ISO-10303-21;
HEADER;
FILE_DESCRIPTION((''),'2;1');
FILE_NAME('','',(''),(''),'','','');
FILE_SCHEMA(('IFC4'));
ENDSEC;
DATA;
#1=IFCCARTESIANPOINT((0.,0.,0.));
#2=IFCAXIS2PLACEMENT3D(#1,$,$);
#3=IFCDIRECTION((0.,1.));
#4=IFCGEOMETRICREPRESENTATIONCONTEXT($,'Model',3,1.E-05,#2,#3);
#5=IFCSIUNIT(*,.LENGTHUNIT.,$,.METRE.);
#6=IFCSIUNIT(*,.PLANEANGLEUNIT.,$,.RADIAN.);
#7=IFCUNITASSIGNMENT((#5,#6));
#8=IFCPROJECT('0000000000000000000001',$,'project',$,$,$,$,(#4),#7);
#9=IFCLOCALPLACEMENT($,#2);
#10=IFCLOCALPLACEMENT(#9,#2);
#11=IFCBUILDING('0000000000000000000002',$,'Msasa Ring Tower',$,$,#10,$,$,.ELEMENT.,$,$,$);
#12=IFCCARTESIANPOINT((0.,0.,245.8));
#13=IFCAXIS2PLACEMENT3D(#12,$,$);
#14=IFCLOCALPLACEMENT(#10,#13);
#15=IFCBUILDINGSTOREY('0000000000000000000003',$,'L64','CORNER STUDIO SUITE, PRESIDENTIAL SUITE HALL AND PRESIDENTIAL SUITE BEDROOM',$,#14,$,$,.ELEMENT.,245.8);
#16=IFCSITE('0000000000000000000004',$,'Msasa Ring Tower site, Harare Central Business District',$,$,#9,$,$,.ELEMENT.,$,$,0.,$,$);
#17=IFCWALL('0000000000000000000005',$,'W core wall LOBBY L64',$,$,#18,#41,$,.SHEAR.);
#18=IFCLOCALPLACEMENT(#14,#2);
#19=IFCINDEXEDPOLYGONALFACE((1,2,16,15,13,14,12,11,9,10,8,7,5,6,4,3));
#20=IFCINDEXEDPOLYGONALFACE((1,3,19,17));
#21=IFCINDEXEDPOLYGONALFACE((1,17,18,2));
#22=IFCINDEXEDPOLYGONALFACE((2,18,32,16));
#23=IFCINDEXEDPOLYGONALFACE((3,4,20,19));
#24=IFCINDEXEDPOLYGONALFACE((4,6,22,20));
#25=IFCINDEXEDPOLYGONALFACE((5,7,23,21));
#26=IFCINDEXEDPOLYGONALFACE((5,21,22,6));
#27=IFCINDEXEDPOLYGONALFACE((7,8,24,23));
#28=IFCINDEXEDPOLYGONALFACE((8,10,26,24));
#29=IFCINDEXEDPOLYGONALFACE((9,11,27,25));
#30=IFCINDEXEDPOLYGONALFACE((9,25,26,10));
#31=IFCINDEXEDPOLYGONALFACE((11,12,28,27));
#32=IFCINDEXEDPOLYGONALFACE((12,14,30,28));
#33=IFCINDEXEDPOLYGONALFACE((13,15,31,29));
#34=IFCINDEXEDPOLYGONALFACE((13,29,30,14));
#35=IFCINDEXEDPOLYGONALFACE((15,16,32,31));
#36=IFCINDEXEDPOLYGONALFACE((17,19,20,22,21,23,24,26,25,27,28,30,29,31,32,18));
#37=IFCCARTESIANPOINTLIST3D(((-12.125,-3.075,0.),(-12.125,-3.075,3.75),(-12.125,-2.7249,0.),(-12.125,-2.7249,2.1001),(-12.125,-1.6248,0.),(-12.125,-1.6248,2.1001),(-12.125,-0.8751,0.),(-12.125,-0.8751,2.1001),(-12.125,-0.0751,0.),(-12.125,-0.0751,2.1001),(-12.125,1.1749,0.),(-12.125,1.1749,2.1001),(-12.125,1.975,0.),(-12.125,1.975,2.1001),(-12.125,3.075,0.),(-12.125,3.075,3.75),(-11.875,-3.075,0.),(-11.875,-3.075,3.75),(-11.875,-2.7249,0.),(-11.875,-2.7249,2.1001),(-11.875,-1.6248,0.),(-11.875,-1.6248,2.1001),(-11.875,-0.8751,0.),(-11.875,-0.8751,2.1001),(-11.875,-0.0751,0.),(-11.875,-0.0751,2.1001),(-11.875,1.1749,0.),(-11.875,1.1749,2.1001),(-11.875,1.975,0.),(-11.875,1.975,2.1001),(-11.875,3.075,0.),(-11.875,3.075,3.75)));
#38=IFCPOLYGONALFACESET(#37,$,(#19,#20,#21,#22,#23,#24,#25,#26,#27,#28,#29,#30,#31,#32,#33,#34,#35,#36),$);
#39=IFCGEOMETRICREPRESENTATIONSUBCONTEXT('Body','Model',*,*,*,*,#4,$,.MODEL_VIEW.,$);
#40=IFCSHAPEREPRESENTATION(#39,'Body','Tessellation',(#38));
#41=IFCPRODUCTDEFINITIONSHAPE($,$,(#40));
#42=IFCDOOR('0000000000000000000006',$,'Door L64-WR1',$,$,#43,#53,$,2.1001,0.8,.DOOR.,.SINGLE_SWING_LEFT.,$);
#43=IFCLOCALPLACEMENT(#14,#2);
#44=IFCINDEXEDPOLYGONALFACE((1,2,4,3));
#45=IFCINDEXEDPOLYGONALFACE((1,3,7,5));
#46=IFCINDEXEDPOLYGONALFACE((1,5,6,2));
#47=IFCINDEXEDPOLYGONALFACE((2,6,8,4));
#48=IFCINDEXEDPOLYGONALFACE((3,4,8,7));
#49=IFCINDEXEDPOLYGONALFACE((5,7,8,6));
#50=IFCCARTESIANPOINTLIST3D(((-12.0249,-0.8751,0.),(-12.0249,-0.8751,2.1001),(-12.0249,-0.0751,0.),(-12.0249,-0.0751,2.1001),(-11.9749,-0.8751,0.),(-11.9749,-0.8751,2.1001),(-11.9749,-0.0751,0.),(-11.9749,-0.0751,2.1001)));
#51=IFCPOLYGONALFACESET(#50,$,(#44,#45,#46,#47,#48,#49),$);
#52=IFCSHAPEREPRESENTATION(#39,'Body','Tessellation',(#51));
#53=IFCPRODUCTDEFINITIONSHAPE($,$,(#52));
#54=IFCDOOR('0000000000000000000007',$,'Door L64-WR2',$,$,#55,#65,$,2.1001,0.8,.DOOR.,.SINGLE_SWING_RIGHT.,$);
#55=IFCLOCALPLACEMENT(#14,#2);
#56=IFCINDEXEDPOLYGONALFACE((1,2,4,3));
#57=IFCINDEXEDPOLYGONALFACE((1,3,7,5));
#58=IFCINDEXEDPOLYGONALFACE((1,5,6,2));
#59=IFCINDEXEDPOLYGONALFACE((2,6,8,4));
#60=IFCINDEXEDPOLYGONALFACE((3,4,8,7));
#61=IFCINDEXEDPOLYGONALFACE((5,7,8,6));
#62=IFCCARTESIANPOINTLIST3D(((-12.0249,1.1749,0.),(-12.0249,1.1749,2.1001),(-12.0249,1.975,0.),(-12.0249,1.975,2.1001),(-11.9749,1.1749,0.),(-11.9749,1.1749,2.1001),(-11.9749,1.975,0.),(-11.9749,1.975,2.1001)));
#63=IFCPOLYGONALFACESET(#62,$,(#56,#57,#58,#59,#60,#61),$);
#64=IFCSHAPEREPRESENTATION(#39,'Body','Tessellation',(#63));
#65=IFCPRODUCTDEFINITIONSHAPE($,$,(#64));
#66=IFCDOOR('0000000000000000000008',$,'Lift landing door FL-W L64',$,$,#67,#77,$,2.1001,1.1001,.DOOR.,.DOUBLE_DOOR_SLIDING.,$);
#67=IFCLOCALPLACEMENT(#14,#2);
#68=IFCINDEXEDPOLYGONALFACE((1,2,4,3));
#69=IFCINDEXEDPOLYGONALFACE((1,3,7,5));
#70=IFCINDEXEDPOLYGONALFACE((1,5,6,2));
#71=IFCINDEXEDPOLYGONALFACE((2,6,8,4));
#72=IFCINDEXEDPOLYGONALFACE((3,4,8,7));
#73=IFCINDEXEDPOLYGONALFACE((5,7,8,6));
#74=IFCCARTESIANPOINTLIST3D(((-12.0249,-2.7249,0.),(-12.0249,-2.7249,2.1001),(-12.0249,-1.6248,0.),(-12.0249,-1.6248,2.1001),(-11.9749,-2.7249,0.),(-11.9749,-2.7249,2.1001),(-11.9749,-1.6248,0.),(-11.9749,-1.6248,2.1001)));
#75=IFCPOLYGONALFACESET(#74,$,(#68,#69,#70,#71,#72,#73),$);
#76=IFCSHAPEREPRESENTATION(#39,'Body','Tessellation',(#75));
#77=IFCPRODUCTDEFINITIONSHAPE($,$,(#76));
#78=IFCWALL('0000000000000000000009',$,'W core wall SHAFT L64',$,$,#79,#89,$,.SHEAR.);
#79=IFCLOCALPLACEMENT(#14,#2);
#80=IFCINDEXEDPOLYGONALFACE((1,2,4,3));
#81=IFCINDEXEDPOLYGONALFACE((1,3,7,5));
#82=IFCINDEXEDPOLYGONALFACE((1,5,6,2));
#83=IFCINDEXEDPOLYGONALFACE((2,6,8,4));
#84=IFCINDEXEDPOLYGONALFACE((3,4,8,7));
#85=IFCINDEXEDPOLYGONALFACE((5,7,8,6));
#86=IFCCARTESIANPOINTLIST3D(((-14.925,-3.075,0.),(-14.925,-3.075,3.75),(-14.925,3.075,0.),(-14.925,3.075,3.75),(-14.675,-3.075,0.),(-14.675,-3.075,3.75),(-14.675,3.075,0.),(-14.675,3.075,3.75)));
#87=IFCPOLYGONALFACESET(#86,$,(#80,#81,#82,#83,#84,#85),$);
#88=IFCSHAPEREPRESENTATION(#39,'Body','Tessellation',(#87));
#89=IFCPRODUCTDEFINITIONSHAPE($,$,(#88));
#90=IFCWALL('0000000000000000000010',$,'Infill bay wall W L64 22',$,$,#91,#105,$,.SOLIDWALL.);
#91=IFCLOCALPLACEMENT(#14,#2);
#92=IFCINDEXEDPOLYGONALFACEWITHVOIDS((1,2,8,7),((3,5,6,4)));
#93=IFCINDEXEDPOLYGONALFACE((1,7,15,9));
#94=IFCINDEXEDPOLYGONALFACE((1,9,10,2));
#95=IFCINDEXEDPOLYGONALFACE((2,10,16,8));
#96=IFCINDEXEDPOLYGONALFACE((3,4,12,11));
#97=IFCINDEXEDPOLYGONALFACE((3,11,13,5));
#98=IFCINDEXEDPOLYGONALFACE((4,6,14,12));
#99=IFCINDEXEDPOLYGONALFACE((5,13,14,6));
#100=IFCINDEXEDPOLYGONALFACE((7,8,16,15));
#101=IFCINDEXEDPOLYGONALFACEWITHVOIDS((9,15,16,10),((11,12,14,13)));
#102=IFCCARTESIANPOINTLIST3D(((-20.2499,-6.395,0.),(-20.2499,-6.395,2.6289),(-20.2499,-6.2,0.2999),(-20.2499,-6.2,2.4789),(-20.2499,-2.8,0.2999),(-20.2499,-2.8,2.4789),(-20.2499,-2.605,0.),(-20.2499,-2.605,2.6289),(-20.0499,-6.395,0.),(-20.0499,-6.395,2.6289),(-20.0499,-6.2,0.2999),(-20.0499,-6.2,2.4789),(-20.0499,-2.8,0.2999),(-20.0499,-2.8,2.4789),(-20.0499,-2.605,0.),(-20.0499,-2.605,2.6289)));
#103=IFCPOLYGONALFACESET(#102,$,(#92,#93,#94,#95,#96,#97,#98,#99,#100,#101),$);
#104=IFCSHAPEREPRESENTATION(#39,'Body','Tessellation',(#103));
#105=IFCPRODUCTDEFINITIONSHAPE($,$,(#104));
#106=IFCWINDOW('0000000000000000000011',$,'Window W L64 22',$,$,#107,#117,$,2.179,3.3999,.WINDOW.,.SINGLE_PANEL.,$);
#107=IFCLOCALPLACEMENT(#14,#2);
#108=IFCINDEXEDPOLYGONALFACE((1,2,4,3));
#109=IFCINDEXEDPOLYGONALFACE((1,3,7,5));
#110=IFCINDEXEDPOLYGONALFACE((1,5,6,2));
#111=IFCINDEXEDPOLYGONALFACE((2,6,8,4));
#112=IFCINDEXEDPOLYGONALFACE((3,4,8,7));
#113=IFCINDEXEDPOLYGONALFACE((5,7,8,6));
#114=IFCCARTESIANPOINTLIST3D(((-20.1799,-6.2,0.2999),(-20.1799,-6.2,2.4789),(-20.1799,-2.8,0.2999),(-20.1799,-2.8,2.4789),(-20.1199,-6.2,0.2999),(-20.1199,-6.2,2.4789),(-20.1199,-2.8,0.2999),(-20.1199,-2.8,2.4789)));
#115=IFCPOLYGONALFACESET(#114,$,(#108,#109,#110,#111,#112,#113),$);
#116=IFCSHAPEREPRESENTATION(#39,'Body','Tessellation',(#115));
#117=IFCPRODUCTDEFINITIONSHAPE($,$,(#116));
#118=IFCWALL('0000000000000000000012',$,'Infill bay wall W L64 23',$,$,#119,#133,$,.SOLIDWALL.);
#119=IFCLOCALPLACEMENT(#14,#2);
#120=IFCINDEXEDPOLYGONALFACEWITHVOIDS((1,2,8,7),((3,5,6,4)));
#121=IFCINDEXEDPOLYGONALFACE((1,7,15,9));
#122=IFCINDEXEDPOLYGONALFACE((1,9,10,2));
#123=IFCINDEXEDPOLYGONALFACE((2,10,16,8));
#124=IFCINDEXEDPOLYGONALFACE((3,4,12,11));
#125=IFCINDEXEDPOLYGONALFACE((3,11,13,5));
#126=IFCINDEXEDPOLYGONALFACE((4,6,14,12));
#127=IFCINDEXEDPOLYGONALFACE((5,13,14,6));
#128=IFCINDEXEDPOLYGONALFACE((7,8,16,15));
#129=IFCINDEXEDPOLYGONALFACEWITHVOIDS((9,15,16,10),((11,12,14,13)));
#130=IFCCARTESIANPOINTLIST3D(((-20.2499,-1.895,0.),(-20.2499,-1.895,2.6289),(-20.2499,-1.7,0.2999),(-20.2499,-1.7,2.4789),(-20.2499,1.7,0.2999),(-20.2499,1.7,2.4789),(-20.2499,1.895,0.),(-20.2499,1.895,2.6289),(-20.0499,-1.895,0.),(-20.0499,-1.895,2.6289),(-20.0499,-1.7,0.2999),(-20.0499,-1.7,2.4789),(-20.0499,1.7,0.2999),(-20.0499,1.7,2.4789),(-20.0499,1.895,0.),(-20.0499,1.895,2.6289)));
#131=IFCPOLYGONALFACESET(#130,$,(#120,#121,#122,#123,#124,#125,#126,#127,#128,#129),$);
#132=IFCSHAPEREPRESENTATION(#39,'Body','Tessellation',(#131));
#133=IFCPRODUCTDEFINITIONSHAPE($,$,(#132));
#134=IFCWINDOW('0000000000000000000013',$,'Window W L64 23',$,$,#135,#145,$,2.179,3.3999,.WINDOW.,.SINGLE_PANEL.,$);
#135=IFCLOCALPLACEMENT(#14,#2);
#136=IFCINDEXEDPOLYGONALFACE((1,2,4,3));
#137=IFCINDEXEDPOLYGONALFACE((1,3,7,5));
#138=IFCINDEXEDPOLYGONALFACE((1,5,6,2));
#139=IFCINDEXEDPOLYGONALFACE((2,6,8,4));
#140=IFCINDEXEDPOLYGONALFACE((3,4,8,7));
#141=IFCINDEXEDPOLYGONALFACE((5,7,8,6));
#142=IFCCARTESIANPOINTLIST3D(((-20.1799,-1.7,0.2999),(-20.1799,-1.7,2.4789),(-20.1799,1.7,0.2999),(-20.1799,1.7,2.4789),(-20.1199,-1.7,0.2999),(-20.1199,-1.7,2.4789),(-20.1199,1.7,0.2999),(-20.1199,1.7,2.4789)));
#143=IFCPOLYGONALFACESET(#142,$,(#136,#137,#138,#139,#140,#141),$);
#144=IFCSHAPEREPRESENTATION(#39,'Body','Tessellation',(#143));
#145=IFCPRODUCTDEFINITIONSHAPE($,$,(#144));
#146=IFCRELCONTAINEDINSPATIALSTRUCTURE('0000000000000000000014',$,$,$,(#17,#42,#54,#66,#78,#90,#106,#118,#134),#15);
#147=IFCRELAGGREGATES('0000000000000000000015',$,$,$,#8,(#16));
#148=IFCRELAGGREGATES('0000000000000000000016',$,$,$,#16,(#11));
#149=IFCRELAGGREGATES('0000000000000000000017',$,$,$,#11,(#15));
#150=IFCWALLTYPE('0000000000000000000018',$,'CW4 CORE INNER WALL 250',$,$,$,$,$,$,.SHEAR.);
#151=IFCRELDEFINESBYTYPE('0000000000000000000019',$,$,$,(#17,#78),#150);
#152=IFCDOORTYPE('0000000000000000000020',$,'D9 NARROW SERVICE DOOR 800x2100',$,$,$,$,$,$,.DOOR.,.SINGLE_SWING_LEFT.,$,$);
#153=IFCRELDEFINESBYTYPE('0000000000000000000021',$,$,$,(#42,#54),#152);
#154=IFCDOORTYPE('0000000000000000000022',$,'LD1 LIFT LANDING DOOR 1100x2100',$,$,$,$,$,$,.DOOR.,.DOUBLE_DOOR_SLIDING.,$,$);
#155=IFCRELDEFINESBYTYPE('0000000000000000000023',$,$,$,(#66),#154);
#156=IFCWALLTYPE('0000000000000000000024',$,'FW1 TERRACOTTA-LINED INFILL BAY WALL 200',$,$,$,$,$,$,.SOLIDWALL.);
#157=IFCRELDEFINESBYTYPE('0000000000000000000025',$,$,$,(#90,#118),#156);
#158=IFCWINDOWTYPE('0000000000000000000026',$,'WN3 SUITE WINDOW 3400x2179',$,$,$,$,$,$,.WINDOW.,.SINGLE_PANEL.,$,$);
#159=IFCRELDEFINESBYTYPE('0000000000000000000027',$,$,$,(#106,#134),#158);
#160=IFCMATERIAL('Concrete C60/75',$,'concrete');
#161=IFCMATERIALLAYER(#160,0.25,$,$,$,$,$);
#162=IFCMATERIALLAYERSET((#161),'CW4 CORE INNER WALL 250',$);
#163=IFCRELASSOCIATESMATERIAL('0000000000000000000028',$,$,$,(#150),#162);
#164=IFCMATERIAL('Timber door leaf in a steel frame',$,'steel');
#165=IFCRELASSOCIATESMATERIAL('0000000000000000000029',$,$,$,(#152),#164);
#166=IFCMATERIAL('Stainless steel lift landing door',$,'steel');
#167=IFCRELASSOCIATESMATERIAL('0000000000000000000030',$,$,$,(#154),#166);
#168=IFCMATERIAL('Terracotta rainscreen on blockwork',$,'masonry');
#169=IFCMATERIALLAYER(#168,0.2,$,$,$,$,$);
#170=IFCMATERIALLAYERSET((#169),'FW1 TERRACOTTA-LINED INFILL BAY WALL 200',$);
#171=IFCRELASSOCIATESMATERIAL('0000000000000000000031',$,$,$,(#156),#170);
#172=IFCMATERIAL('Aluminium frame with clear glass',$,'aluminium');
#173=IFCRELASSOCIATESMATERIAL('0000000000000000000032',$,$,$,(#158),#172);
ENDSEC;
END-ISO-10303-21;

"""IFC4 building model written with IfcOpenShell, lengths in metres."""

from ifc_helpers import new_model, si_unit, direction, frame, frame_2d, origin, place, context, subcontext, project, spatial, rectangle, extrude, material, layer, layer_set, type_object, element, fill, save


model = new_model("IFC4")

# Units and contexts
model_context = context("Model", 3, precision=1e-05, world=origin(), true_north=direction((0.0, 1.0)))
body_context = subcontext(model_context, "Body", "Model", "MODEL_VIEW")
ifc_project = project(units=[si_unit("LENGTHUNIT", "METRE"), si_unit("PLANEANGLEUNIT", "RADIAN")], contexts=[model_context])

# Site, building, storey
site_placement = place(None, origin())
site = spatial("IfcSite", under=ifc_project, at=site_placement, Name="Msasa Ring Tower site, Harare Central Business District", CompositionType="ELEMENT", RefElevation=0.0)
building_placement = place(site_placement, origin())
building = spatial("IfcBuilding", under=site, at=building_placement, Name="Msasa Ring Tower", CompositionType="ELEMENT")
storey_placement = place(building_placement, frame((0.0, 0.0, 245.8)))
storey = spatial("IfcBuildingStorey", under=building, at=storey_placement, Name="L64", Description="CORNER STUDIO SUITE, PRESIDENTIAL SUITE HALL AND PRESIDENTIAL SUITE BEDROOM", CompositionType="ELEMENT", Elevation=245.8)

# Shared definitions
ifc_material_1 = material(Name="Concrete C60/75", Category="concrete")
ifc_layer_1 = layer(ifc_material_1, 0.25)
ifc_layer_set_1 = layer_set([ifc_layer_1], Name="CW4 CORE INNER WALL 250")
wall_type_1 = type_object("IfcWallType", Name="CW4 CORE INNER WALL 250", PredefinedType="SHEAR", material=ifc_layer_set_1)

# Wall, openings, doors
wall_1_placement = place(storey_placement, frame((-12.0, -3.075, 0.0), z_axis=(0.0, 0.0, 1.0), x_axis=(0.0, 1.0, 0.0)))
wall_1 = element("IfcWall", 1, at=wall_1_placement, inside=storey, type_object=wall_type_1, Name="W core wall LOBBY L64", PredefinedType="SHEAR", context=body_context, shape_type="SweptSolid", body=[
    extrude(rectangle(XDim=6.1499, YDim=0.25, at=frame_2d((3.075, 0.0))), origin(), (0.0, 0.0, 1.0), 3.75),
])
opening_1_placement = place(wall_1_placement, frame((2.2, 0.0, 0.0)))
opening_1 = element("IfcOpeningElement", 2, at=opening_1_placement, cuts=wall_1, PredefinedType="OPENING", context=body_context, shape_type="SweptSolid", body=[
    extrude(rectangle(XDim=0.8, YDim=2.1001, at=frame_2d((0.3999, 1.05))), frame((0.0, 0.135, 0.0), z_axis=(0.0, -1.0, 0.0), x_axis=(1.0, 0.0, 0.0)), (0.0, 0.0, 1.0), 0.27),
])
opening_2_placement = place(wall_1_placement, frame((4.25, 0.0, 0.0)))
opening_2 = element("IfcOpeningElement", 3, at=opening_2_placement, cuts=wall_1, PredefinedType="OPENING", context=body_context, shape_type="SweptSolid", body=[
    extrude(rectangle(XDim=0.8, YDim=2.1001, at=frame_2d((0.3999, 1.05))), frame((0.0, 0.135, 0.0), z_axis=(0.0, -1.0, 0.0), x_axis=(1.0, 0.0, 0.0)), (0.0, 0.0, 1.0), 0.27),
])
opening_3_placement = place(wall_1_placement, frame((0.3501, 0.0, 0.0)))
opening_3 = element("IfcOpeningElement", 4, at=opening_3_placement, cuts=wall_1, PredefinedType="OPENING", context=body_context, shape_type="SweptSolid", body=[
    extrude(rectangle(XDim=1.1001, YDim=2.1001, at=frame_2d((0.55, 1.05))), frame((0.0, 0.135, 0.0), z_axis=(0.0, -1.0, 0.0), x_axis=(1.0, 0.0, 0.0)), (0.0, 0.0, 1.0), 0.27),
])
ifc_material_2 = material(Name="Timber door leaf in a steel frame", Category="steel")
door_type_1 = type_object("IfcDoorType", Name="D9 NARROW SERVICE DOOR 800x2100", OperationType="SINGLE_SWING_LEFT", PredefinedType="DOOR", material=ifc_material_2)
door_1_placement = place(opening_1_placement, origin())
door_1 = element("IfcDoor", 5, at=door_1_placement, inside=storey, type_object=door_type_1, Name="Door L64-WR1", OperationType="SINGLE_SWING_LEFT", OverallHeight=2.1001, OverallWidth=0.8, PredefinedType="DOOR", context=body_context, shape_type="SweptSolid", body=[
    extrude(rectangle(XDim=0.8, YDim=2.1001, at=frame_2d((0.3999, 1.05))), frame((0.0, 0.0249, 0.0), z_axis=(0.0, -1.0, 0.0), x_axis=(1.0, 0.0, 0.0)), (0.0, 0.0, 1.0), 0.05),
])
fill(opening_1, door_1)
door_2_placement = place(opening_2_placement, origin())
door_2 = element("IfcDoor", 6, at=door_2_placement, inside=storey, type_object=door_type_1, Name="Door L64-WR2", OperationType="SINGLE_SWING_RIGHT", OverallHeight=2.1001, OverallWidth=0.8, PredefinedType="DOOR", context=body_context, shape_type="SweptSolid", body=[
    extrude(rectangle(XDim=0.8, YDim=2.1001, at=frame_2d((0.3999, 1.05))), frame((0.0, 0.0249, 0.0), z_axis=(0.0, -1.0, 0.0), x_axis=(1.0, 0.0, 0.0)), (0.0, 0.0, 1.0), 0.05),
])
fill(opening_2, door_2)
ifc_material_3 = material(Name="Stainless steel lift landing door", Category="steel")
door_type_2 = type_object("IfcDoorType", Name="LD1 LIFT LANDING DOOR 1100x2100", OperationType="DOUBLE_DOOR_SLIDING", PredefinedType="DOOR", material=ifc_material_3)
door_3_placement = place(opening_3_placement, origin())
door_3 = element("IfcDoor", 7, at=door_3_placement, inside=storey, type_object=door_type_2, Name="Lift landing door FL-W L64", OperationType="DOUBLE_DOOR_SLIDING", OverallHeight=2.1001, OverallWidth=1.1001, PredefinedType="DOOR", context=body_context, shape_type="SweptSolid", body=[
    extrude(rectangle(XDim=1.1001, YDim=2.1001, at=frame_2d((0.55, 1.05))), frame((0.0, 0.0249, 0.0), z_axis=(0.0, -1.0, 0.0), x_axis=(1.0, 0.0, 0.0)), (0.0, 0.0, 1.0), 0.05),
])
fill(opening_3, door_3)

# Wall
wall_2_placement = place(storey_placement, frame((-14.8, -3.075, 0.0), z_axis=(0.0, 0.0, 1.0), x_axis=(0.0, 1.0, 0.0)))
element("IfcWall", 8, at=wall_2_placement, inside=storey, type_object=wall_type_1, Name="W core wall SHAFT L64", PredefinedType="SHEAR", context=body_context, shape_type="SweptSolid", body=[
    extrude(rectangle(XDim=6.1499, YDim=0.25, at=frame_2d((3.075, 0.0))), origin(), (0.0, 0.0, 1.0), 3.75),
])

# Walls, openings, windows
ifc_material_4 = material(Name="Terracotta rainscreen on blockwork", Category="masonry")
ifc_layer_2 = layer(ifc_material_4, 0.2)
ifc_layer_set_2 = layer_set([ifc_layer_2], Name="FW1 TERRACOTTA-LINED INFILL BAY WALL 200")
wall_type_2 = type_object("IfcWallType", Name="FW1 TERRACOTTA-LINED INFILL BAY WALL 200", PredefinedType="SOLIDWALL", material=ifc_layer_set_2)
wall_3_placement = place(storey_placement, frame((-20.1499, -6.395, 0.0), z_axis=(0.0, 0.0, 1.0), x_axis=(0.0, 1.0, 0.0)))
wall_3 = element("IfcWall", 9, at=wall_3_placement, inside=storey, type_object=wall_type_2, Name="Infill bay wall W L64 22", PredefinedType="SOLIDWALL", context=body_context, shape_type="SweptSolid", body=[
    extrude(rectangle(XDim=3.79, YDim=0.2, at=frame_2d((1.895, 0.0))), origin(), (0.0, 0.0, 1.0), 2.6289),
])
opening_4_placement = place(wall_3_placement, frame((0.1951, 0.0, 0.3)))
opening_4 = element("IfcOpeningElement", 10, at=opening_4_placement, cuts=wall_3, PredefinedType="OPENING", context=body_context, shape_type="SweptSolid", body=[
    extrude(rectangle(XDim=3.3999, YDim=2.179, at=frame_2d((1.7, 1.0894))), frame((0.0, 0.1099, 0.0), z_axis=(0.0, -1.0, 0.0), x_axis=(1.0, 0.0, 0.0)), (0.0, 0.0, 1.0), 0.22),
])
ifc_material_5 = material(Name="Aluminium frame with clear glass", Category="aluminium")
window_type = type_object("IfcWindowType", Name="WN3 SUITE WINDOW 3400x2179", PartitioningType="SINGLE_PANEL", PredefinedType="WINDOW", material=ifc_material_5)
window_1_placement = place(opening_4_placement, origin())
window_1 = element("IfcWindow", 11, at=window_1_placement, inside=storey, type_object=window_type, Name="Window W L64 22", OverallHeight=2.179, OverallWidth=3.3999, PartitioningType="SINGLE_PANEL", PredefinedType="WINDOW", context=body_context, shape_type="SweptSolid", body=[
    extrude(rectangle(XDim=3.3999, YDim=2.179, at=frame_2d((1.7, 1.0894))), frame((0.0, 0.03, 0.0), z_axis=(0.0, -1.0, 0.0), x_axis=(1.0, 0.0, 0.0)), (0.0, 0.0, 1.0), 0.0601),
])
fill(opening_4, window_1)
wall_4_placement = place(storey_placement, frame((-20.1499, -1.895, 0.0), z_axis=(0.0, 0.0, 1.0), x_axis=(0.0, 1.0, 0.0)))
wall_4 = element("IfcWall", 12, at=wall_4_placement, inside=storey, type_object=wall_type_2, Name="Infill bay wall W L64 23", PredefinedType="SOLIDWALL", context=body_context, shape_type="SweptSolid", body=[
    extrude(rectangle(XDim=3.79, YDim=0.2, at=frame_2d((1.895, 0.0))), origin(), (0.0, 0.0, 1.0), 2.6289),
])
opening_5_placement = place(wall_4_placement, frame((0.1951, 0.0, 0.3)))
opening_5 = element("IfcOpeningElement", 13, at=opening_5_placement, cuts=wall_4, PredefinedType="OPENING", context=body_context, shape_type="SweptSolid", body=[
    extrude(rectangle(XDim=3.3999, YDim=2.179, at=frame_2d((1.7, 1.0894))), frame((0.0, 0.1099, 0.0), z_axis=(0.0, -1.0, 0.0), x_axis=(1.0, 0.0, 0.0)), (0.0, 0.0, 1.0), 0.22),
])
window_2_placement = place(opening_5_placement, origin())
window_2 = element("IfcWindow", 14, at=window_2_placement, inside=storey, type_object=window_type, Name="Window W L64 23", OverallHeight=2.179, OverallWidth=3.3999, PartitioningType="SINGLE_PANEL", PredefinedType="WINDOW", context=body_context, shape_type="SweptSolid", body=[
    extrude(rectangle(XDim=3.3999, YDim=2.179, at=frame_2d((1.7, 1.0894))), frame((0.0, 0.03, 0.0), z_axis=(0.0, -1.0, 0.0), x_axis=(1.0, 0.0, 0.0)), (0.0, 0.0, 1.0), 0.0601),
])
fill(opening_5, window_2)

save(model, "model.ifc")
